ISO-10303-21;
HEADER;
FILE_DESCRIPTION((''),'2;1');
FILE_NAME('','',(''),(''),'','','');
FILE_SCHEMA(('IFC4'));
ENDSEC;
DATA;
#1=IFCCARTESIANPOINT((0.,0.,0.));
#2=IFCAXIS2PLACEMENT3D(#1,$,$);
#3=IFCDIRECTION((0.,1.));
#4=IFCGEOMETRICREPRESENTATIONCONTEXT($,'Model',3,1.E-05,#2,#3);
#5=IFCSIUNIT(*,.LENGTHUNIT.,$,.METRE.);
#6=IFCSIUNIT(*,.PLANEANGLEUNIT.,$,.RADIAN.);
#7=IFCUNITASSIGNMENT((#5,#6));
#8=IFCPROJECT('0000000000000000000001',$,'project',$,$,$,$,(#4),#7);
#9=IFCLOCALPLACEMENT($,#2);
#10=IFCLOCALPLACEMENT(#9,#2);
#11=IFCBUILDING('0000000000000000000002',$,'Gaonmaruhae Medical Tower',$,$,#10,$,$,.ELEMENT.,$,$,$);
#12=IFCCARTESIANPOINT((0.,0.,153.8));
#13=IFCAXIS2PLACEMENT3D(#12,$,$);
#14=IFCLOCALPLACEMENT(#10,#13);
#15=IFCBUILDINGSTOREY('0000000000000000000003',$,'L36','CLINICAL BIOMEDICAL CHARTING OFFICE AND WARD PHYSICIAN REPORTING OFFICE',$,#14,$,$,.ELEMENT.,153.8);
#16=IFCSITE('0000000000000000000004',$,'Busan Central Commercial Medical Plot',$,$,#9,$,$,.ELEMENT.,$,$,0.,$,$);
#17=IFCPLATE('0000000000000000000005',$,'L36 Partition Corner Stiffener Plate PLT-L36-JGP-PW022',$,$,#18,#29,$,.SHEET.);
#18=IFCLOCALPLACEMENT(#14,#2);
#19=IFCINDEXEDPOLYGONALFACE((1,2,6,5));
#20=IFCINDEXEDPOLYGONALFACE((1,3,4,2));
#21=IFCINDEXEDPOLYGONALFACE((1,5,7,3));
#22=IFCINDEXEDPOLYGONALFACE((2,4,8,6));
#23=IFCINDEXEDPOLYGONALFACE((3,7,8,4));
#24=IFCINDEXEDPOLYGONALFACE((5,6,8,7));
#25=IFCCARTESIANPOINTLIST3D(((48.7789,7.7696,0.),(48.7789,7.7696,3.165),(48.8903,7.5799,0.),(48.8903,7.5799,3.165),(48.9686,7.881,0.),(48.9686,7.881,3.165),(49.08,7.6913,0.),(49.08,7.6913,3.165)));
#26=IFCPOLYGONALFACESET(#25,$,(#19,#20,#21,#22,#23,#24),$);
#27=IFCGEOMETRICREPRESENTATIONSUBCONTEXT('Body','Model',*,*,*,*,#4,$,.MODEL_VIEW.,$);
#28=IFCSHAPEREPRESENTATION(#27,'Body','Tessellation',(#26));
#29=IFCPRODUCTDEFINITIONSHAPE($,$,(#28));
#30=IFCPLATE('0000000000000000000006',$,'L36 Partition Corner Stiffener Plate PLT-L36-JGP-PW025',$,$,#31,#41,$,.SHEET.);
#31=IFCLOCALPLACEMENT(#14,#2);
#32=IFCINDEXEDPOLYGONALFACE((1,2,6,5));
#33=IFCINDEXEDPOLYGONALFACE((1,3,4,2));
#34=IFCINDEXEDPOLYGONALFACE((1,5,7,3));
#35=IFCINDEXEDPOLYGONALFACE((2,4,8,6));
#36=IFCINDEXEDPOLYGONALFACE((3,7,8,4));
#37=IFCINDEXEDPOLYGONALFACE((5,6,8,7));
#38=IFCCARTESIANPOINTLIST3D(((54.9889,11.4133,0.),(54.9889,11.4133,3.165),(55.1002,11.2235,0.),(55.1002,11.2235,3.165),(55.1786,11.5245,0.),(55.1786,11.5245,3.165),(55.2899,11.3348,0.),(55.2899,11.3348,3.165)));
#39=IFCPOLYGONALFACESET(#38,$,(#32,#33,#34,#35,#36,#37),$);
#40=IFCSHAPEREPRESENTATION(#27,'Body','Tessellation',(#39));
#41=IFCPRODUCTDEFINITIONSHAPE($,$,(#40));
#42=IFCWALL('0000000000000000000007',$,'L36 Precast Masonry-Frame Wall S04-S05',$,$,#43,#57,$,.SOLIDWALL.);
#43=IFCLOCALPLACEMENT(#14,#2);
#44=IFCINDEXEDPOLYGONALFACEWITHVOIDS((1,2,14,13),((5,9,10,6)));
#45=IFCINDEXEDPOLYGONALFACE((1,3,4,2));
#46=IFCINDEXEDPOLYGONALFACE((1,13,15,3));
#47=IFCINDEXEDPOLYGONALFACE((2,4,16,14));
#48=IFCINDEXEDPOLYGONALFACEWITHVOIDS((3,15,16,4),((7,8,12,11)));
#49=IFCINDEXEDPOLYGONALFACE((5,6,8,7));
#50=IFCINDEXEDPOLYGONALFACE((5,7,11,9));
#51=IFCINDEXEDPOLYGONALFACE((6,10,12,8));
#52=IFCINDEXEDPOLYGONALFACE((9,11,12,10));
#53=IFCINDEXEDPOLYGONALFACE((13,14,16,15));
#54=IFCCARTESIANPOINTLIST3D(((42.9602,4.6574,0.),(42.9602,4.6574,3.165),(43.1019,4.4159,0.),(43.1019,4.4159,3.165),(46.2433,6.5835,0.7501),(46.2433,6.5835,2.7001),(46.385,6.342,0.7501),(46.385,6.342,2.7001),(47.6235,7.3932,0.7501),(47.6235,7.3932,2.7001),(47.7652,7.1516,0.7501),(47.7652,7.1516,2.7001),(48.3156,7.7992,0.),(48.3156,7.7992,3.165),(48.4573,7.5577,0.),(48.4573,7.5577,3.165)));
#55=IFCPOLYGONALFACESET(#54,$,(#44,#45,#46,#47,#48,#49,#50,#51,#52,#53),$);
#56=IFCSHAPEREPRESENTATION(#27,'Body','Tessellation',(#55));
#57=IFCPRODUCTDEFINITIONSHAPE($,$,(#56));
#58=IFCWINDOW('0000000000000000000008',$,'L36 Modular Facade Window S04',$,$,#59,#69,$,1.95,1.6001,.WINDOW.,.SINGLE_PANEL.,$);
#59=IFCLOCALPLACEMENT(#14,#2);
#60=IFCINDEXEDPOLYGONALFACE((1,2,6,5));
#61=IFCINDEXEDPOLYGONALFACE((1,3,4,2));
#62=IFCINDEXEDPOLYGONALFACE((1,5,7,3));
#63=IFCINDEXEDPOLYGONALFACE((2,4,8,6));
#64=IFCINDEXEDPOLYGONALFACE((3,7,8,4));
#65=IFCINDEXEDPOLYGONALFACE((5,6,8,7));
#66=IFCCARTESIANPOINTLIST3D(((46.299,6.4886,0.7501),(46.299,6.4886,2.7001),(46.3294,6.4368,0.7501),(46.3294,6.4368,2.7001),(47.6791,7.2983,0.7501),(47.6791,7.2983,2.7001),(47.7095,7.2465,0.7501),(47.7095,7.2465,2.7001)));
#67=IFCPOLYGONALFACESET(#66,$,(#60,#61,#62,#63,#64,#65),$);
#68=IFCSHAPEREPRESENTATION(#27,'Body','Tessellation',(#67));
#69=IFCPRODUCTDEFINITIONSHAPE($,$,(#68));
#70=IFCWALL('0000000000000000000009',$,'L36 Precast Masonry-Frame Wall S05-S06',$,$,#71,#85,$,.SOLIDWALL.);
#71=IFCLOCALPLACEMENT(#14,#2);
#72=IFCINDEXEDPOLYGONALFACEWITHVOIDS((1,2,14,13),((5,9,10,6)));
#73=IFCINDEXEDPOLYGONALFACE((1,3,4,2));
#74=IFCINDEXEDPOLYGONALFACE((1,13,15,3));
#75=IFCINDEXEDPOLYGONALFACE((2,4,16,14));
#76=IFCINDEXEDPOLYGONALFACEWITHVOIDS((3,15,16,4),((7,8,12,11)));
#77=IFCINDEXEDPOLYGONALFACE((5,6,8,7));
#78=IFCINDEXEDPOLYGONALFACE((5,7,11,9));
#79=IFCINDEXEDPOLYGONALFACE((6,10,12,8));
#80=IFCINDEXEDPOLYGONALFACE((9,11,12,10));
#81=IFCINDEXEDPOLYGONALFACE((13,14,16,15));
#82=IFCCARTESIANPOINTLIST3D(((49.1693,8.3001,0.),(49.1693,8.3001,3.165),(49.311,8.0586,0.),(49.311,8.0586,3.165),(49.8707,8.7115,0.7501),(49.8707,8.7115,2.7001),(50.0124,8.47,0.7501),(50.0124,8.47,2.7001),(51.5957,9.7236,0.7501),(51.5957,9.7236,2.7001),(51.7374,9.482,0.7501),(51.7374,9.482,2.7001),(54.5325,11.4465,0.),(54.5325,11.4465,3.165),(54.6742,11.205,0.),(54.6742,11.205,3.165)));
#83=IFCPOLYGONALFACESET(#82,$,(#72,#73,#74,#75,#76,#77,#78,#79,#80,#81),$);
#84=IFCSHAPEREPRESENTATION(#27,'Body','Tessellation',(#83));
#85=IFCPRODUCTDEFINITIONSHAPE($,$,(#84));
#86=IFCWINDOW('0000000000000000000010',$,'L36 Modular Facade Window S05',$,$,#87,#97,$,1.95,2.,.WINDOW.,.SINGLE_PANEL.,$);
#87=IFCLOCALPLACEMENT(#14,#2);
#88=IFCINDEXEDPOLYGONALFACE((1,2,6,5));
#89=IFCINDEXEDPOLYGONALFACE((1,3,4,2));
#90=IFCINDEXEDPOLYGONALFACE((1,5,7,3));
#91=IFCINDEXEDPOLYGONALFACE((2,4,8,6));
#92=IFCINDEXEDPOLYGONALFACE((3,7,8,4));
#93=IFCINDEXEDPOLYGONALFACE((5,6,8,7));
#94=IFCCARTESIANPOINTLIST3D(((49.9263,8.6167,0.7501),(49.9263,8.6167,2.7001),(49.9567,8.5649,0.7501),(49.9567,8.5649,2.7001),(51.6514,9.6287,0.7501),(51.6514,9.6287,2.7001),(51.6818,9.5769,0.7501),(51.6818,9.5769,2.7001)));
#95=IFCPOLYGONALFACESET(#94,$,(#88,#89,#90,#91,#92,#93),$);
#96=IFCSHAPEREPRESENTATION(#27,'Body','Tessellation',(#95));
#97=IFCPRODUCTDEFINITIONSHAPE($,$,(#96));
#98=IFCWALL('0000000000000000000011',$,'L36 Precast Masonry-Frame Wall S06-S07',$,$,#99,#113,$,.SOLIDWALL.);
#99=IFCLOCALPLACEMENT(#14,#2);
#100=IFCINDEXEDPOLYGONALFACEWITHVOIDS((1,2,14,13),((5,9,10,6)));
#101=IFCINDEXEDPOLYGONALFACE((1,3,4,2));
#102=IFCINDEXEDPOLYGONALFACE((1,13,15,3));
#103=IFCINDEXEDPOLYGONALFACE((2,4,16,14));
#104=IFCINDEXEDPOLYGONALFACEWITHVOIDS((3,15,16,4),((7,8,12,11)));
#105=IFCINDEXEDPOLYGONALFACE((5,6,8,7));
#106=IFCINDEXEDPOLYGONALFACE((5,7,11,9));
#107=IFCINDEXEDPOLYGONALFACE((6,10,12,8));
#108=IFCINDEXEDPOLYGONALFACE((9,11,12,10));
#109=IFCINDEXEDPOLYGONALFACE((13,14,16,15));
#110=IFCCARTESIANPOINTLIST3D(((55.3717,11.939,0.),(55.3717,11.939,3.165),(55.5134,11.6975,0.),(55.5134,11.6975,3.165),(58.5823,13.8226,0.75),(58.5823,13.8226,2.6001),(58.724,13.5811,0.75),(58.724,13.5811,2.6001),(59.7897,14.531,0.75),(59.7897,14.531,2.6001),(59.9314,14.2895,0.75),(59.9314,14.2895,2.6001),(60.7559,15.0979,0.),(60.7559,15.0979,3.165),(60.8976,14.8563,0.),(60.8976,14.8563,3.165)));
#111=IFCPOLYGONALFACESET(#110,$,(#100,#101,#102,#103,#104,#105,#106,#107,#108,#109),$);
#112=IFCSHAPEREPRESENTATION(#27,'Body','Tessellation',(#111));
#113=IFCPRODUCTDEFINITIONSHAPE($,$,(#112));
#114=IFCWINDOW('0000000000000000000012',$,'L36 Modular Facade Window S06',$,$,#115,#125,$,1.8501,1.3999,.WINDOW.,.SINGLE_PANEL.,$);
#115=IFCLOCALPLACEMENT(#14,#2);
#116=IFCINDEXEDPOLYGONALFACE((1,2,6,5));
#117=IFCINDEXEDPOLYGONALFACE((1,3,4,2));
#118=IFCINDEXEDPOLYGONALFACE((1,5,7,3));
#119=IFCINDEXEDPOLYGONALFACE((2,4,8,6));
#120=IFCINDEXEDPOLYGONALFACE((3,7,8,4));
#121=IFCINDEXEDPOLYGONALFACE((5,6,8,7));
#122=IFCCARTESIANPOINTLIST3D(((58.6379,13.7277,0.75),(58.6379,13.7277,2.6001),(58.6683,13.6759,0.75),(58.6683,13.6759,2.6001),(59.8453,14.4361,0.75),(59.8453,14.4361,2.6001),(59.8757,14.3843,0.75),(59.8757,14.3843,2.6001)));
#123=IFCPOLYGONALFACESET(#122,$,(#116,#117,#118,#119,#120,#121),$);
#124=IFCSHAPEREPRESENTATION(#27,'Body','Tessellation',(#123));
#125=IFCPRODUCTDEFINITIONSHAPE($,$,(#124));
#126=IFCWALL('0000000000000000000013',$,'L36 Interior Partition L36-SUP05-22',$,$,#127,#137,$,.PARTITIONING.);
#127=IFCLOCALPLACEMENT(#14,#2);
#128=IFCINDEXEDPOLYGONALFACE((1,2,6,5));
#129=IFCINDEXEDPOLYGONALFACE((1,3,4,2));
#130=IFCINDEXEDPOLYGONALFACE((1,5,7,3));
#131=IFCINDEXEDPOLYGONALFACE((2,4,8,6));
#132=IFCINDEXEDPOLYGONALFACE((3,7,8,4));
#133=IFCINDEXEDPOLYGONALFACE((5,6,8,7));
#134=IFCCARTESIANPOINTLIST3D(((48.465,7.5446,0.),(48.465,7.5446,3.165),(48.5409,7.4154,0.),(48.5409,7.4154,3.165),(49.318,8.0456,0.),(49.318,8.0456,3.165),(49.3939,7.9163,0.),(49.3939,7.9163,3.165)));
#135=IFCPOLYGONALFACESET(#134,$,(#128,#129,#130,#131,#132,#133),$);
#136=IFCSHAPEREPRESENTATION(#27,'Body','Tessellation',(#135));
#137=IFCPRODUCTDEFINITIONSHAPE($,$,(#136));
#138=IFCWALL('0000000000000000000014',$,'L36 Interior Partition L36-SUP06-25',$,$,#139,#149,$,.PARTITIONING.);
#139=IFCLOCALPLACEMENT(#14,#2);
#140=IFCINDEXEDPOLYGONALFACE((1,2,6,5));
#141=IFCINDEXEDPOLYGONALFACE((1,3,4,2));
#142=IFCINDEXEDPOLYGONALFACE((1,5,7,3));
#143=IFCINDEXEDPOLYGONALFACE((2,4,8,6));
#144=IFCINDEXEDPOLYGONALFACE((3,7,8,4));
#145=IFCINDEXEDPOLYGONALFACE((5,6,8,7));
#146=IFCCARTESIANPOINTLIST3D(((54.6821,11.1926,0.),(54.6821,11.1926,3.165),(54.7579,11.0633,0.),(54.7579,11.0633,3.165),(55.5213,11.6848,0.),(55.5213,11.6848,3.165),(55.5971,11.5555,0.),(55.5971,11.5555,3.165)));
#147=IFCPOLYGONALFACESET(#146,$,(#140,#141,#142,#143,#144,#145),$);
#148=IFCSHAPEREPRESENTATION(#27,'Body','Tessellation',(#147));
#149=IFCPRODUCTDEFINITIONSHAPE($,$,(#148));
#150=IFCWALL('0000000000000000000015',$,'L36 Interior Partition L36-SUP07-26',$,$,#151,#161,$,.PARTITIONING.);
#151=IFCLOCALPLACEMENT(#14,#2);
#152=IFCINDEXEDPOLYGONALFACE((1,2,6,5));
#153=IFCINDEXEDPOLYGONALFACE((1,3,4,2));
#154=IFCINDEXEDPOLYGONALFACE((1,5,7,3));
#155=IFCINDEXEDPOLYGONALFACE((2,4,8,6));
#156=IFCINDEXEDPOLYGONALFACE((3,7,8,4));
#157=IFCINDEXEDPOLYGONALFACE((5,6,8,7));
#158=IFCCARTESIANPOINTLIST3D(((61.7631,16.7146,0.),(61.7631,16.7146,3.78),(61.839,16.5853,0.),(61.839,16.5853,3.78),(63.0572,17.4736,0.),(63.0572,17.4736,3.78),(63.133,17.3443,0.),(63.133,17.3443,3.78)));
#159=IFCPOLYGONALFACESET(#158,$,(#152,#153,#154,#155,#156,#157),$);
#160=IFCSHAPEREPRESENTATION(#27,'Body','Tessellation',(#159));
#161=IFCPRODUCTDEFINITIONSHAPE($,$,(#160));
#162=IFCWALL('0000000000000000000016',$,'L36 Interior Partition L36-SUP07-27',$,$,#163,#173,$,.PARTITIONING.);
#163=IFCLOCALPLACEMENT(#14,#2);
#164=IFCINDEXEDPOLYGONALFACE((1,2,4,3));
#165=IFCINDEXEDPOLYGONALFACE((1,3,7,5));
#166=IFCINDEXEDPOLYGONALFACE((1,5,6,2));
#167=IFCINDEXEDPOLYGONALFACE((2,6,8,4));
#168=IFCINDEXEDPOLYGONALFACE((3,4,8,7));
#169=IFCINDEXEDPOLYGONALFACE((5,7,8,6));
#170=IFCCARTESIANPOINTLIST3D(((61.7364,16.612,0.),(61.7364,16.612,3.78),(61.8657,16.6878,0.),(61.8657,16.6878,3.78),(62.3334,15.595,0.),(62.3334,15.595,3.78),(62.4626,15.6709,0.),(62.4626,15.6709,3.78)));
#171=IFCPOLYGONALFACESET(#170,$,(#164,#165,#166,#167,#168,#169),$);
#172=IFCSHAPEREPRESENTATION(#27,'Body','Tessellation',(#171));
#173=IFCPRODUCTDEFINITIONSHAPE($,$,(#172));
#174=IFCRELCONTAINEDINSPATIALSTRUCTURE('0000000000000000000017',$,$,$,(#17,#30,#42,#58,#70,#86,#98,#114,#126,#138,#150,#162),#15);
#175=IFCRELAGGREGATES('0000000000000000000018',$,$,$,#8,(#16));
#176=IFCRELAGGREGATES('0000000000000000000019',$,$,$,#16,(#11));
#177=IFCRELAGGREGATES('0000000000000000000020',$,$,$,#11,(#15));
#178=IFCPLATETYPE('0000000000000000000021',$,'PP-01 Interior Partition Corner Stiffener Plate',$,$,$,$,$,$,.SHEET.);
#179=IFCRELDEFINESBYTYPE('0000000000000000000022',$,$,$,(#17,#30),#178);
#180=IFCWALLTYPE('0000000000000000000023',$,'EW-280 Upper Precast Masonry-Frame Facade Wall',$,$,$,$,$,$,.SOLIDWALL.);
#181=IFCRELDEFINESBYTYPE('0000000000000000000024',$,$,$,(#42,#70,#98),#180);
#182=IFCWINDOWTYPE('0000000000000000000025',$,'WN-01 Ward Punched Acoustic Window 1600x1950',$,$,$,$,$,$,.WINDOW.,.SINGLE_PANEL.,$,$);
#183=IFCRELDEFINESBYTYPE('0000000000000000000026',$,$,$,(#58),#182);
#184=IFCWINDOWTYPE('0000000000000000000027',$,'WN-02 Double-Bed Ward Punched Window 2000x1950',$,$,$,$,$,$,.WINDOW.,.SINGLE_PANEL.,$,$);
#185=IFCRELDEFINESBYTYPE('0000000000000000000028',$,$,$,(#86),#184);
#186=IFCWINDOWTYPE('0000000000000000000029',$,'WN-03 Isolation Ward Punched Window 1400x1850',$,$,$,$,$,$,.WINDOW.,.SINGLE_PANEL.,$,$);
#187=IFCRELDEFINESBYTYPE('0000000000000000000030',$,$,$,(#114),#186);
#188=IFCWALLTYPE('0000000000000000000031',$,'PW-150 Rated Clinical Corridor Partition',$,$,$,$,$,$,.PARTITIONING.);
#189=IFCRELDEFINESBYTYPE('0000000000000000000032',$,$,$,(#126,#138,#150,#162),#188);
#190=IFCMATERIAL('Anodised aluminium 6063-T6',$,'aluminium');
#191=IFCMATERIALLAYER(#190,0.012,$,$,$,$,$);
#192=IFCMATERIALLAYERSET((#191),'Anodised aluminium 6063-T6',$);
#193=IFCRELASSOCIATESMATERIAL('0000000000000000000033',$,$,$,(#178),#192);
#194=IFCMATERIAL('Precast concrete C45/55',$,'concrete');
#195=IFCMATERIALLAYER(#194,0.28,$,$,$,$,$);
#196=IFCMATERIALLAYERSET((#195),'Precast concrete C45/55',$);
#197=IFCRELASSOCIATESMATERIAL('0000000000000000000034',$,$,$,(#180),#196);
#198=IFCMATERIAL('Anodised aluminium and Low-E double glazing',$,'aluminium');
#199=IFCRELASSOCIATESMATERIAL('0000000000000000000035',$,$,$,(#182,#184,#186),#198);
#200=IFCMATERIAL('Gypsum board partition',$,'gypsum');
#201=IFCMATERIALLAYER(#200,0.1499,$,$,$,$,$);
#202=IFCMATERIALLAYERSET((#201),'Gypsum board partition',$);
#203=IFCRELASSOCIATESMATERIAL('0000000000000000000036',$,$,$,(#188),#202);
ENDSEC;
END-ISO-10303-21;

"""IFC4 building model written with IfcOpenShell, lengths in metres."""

from ifc_helpers import new_model, si_unit, direction, frame, frame_2d, origin, origin_2d, place, context, subcontext, project, spatial, rectangle, extrude, material, layer, layer_set, type_object, element, fill, save


model = new_model("IFC4")

# Units and contexts
model_context = context("Model", 3, precision=1e-05, world=origin(), true_north=direction((0.0, 1.0)))
body_context = subcontext(model_context, "Body", "Model", "MODEL_VIEW")
ifc_project = project(units=[si_unit("LENGTHUNIT", "METRE"), si_unit("PLANEANGLEUNIT", "RADIAN")], contexts=[model_context])

# Site, building, storey
site_placement = place(None, origin())
site = spatial("IfcSite", under=ifc_project, at=site_placement, Name="Busan Central Commercial Medical Plot", CompositionType="ELEMENT", RefElevation=0.0)
building_placement = place(site_placement, origin())
building = spatial("IfcBuilding", under=site, at=building_placement, Name="Gaonmaruhae Medical Tower", CompositionType="ELEMENT")
storey_placement = place(building_placement, frame((0.0, 0.0, 153.8)))
storey = spatial("IfcBuildingStorey", under=building, at=storey_placement, Name="L36", Description="CLINICAL BIOMEDICAL CHARTING OFFICE AND WARD PHYSICIAN REPORTING OFFICE", CompositionType="ELEMENT", Elevation=153.8)

# Plates
ifc_material_1 = material(Name="Anodised aluminium 6063-T6", Category="aluminium")
ifc_layer_1 = layer(ifc_material_1, 0.012)
ifc_layer_set_1 = layer_set([ifc_layer_1], Name="Anodised aluminium 6063-T6")
plate_type = type_object("IfcPlateType", Name="PP-01 Interior Partition Corner Stiffener Plate", PredefinedType="SHEET", material=ifc_layer_set_1)
for number, where, z_axis, x_axis, name in (
    (1, (48.9294, 7.7305, 0.0), (0.0, 0.0, 1.0), (-0.862275, -0.50644, 0.0), "L36 Partition Corner Stiffener Plate PLT-L36-JGP-PW022"),
    (2, (55.1394, 11.374, 0.0), (0.0, 0.0, 1.0), (-0.86262, -0.505853, 0.0), "L36 Partition Corner Stiffener Plate PLT-L36-JGP-PW025"),
):
    element("IfcPlate", number, at=place(storey_placement, frame(where, z_axis=z_axis, x_axis=x_axis)), inside=storey, type_object=plate_type, Name=name, PredefinedType="SHEET", context=body_context, shape_type="SweptSolid", body=[
        extrude(rectangle(XDim=0.22, YDim=0.22, at=origin_2d()), origin(), (0.0, 0.0, 1.0), 3.165),
    ])

# Walls, openings, windows
ifc_material_2 = material(Name="Precast concrete C45/55", Category="concrete")
ifc_layer_2 = layer(ifc_material_2, 0.28)
ifc_layer_set_2 = layer_set([ifc_layer_2], Name="Precast concrete C45/55")
wall_type_1 = type_object("IfcWallType", Name="EW-280 Upper Precast Masonry-Frame Facade Wall", PredefinedType="SOLIDWALL", material=ifc_layer_set_2)
wall_1_placement = place(storey_placement, frame((48.3865, 7.6785, 0.0), z_axis=(0.0, 0.0, 1.0), x_axis=(-0.862527, -0.506011, 0.0)))
wall_1 = element("IfcWall", 3, at=wall_1_placement, inside=storey, type_object=wall_type_1, Name="L36 Precast Masonry-Frame Wall S04-S05", PredefinedType="SOLIDWALL", context=body_context, shape_type="SweptSolid", body=[
    extrude(rectangle(XDim=6.209, YDim=0.28, at=frame_2d((3.1045, 0.0))), origin(), (0.0, 0.0, 1.0), 3.165),
])
opening_1_placement = place(wall_1_placement, frame((0.8025, 0.0, 0.75)))
opening_1 = element("IfcOpeningElement", 4, at=opening_1_placement, cuts=wall_1, PredefinedType="OPENING", context=body_context, shape_type="SweptSolid", body=[
    extrude(rectangle(XDim=1.6001, YDim=1.95, at=frame_2d((0.8, 0.9751))), frame((0.0, 0.1499, 0.0), z_axis=(0.0, -1.0, 0.0), x_axis=(1.0, 0.0, 0.0)), (0.0, 0.0, 1.0), 0.3),
])
ifc_material_3 = material(Name="Anodised aluminium and Low-E double glazing", Category="aluminium")
window_type_1 = type_object("IfcWindowType", Name="WN-01 Ward Punched Acoustic Window 1600x1950", PartitioningType="SINGLE_PANEL", PredefinedType="WINDOW", material=ifc_material_3)
window_1_placement = place(opening_1_placement, origin())
window_1 = element("IfcWindow", 5, at=window_1_placement, inside=storey, type_object=window_type_1, Name="L36 Modular Facade Window S04", OverallHeight=1.95, OverallWidth=1.6001, PartitioningType="SINGLE_PANEL", PredefinedType="WINDOW", context=body_context, shape_type="SweptSolid", body=[
    extrude(rectangle(XDim=1.6001, YDim=1.95, at=frame_2d((0.8, 0.9751))), frame((0.0, 0.03, 0.0), z_axis=(0.0, -1.0, 0.0), x_axis=(1.0, 0.0, 0.0)), (0.0, 0.0, 1.0), 0.0601),
])
fill(opening_1, window_1)
wall_2_placement = place(storey_placement, frame((54.6033, 11.3257, 0.0), z_axis=(0.0, 0.0, 1.0), x_axis=(-0.862523, -0.506018, 0.0)))
wall_2 = element("IfcWall", 6, at=wall_2_placement, inside=storey, type_object=wall_type_1, Name="L36 Precast Masonry-Frame Wall S05-S06", PredefinedType="SOLIDWALL", context=body_context, shape_type="SweptSolid", body=[
    extrude(rectangle(XDim=6.218, YDim=0.28, at=frame_2d((3.1089, 0.0))), origin(), (0.0, 0.0, 1.0), 3.165),
])
opening_2_placement = place(wall_2_placement, frame((3.4048, 0.0, 0.75)))
opening_2 = element("IfcOpeningElement", 7, at=opening_2_placement, cuts=wall_2, PredefinedType="OPENING", context=body_context, shape_type="SweptSolid", body=[
    extrude(rectangle(XDim=2.0, YDim=1.95, at=frame_2d((1.0, 0.9751))), frame((0.0, 0.1499, 0.0), z_axis=(0.0, -1.0, 0.0), x_axis=(1.0, 0.0, 0.0)), (0.0, 0.0, 1.0), 0.3),
])
window_type_2 = type_object("IfcWindowType", Name="WN-02 Double-Bed Ward Punched Window 2000x1950", PartitioningType="SINGLE_PANEL", PredefinedType="WINDOW", material=ifc_material_3)
window_2_placement = place(opening_2_placement, origin())
window_2 = element("IfcWindow", 8, at=window_2_placement, inside=storey, type_object=window_type_2, Name="L36 Modular Facade Window S05", OverallHeight=1.95, OverallWidth=2.0, PartitioningType="SINGLE_PANEL", PredefinedType="WINDOW", context=body_context, shape_type="SweptSolid", body=[
    extrude(rectangle(XDim=2.0, YDim=1.95, at=frame_2d((1.0, 0.9751))), frame((0.0, 0.03, 0.0), z_axis=(0.0, -1.0, 0.0), x_axis=(1.0, 0.0, 0.0)), (0.0, 0.0, 1.0), 0.0601),
])
fill(opening_2, window_2)
wall_3_placement = place(storey_placement, frame((60.8267, 14.9771, 0.0), z_axis=(0.0, 0.0, 1.0), x_axis=(-0.862514, -0.506034, 0.0)))
wall_3 = element("IfcWall", 9, at=wall_3_placement, inside=storey, type_object=wall_type_1, Name="L36 Precast Masonry-Frame Wall S06-S07", PredefinedType="SOLIDWALL", context=body_context, shape_type="SweptSolid", body=[
    extrude(rectangle(XDim=6.2424, YDim=0.28, at=frame_2d((3.1211, 0.0))), origin(), (0.0, 0.0, 1.0), 3.165),
])
opening_3_placement = place(wall_3_placement, frame((1.1201, 0.0, 0.75)))
opening_3 = element("IfcOpeningElement", 10, at=opening_3_placement, cuts=wall_3, PredefinedType="OPENING", context=body_context, shape_type="SweptSolid", body=[
    extrude(rectangle(XDim=1.3999, YDim=1.8501, at=frame_2d((0.7, 0.925))), frame((0.0, 0.1499, 0.0), z_axis=(0.0, -1.0, 0.0), x_axis=(1.0, 0.0, 0.0)), (0.0, 0.0, 1.0), 0.3),
])
window_type_3 = type_object("IfcWindowType", Name="WN-03 Isolation Ward Punched Window 1400x1850", PartitioningType="SINGLE_PANEL", PredefinedType="WINDOW", material=ifc_material_3)
window_3_placement = place(opening_3_placement, origin())
window_3 = element("IfcWindow", 11, at=window_3_placement, inside=storey, type_object=window_type_3, Name="L36 Modular Facade Window S06", OverallHeight=1.8501, OverallWidth=1.3999, PartitioningType="SINGLE_PANEL", PredefinedType="WINDOW", context=body_context, shape_type="SweptSolid", body=[
    extrude(rectangle(XDim=1.3999, YDim=1.8501, at=frame_2d((0.7, 0.925))), frame((0.0, 0.03, 0.0), z_axis=(0.0, -1.0, 0.0), x_axis=(1.0, 0.0, 0.0)), (0.0, 0.0, 1.0), 0.0601),
])
fill(opening_3, window_3)

# Walls
ifc_material_4 = material(Name="Gypsum board partition", Category="gypsum")
ifc_layer_3 = layer(ifc_material_4, 0.1499)
ifc_layer_set_3 = layer_set([ifc_layer_3], Name="Gypsum board partition")
wall_type_2 = type_object("IfcWallType", Name="PW-150 Rated Clinical Corridor Partition", PredefinedType="PARTITIONING", material=ifc_layer_set_3)
wall_4_placement = place(storey_placement, frame((49.356, 7.981, 0.0), z_axis=(0.0, 0.0, 1.0), x_axis=(-0.862289, -0.506416, 0.0)))
element("IfcWall", 12, at=wall_4_placement, inside=storey, type_object=wall_type_2, Name="L36 Interior Partition L36-SUP05-22", PredefinedType="PARTITIONING", context=body_context, shape_type="SweptSolid", body=[
    extrude(rectangle(XDim=0.9893, YDim=0.1499, at=frame_2d((0.4946, 0.0))), origin(), (0.0, 0.0, 1.0), 3.165),
])
wall_5_placement = place(storey_placement, frame((55.5591, 11.6201, 0.0), z_axis=(0.0, 0.0, 1.0), x_axis=(-0.862566, -0.505945, 0.0)))
element("IfcWall", 13, at=wall_5_placement, inside=storey, type_object=wall_type_2, Name="L36 Interior Partition L36-SUP06-25", PredefinedType="PARTITIONING", context=body_context, shape_type="SweptSolid", body=[
    extrude(rectangle(XDim=0.9729, YDim=0.1499, at=frame_2d((0.4863, 0.0))), origin(), (0.0, 0.0, 1.0), 3.165),
])
wall_6_placement = place(storey_placement, frame((63.095, 17.4089, 0.0), z_axis=(0.0, 0.0, 1.0), x_axis=(-0.862549, -0.505974, 0.0)))
element("IfcWall", 14, at=wall_6_placement, inside=storey, type_object=wall_type_2, Name="L36 Interior Partition L36-SUP07-26", PredefinedType="PARTITIONING", context=body_context, shape_type="SweptSolid", body=[
    extrude(rectangle(XDim=1.5002, YDim=0.1499, at=frame_2d((0.75, 0.0))), origin(), (0.0, 0.0, 1.0), 3.78),
])
wall_7_placement = place(storey_placement, frame((61.801, 16.6499, 0.0), z_axis=(0.0, 0.0, 1.0), x_axis=(0.506251, -0.862386, 0.0)))
element("IfcWall", 15, at=wall_7_placement, inside=storey, type_object=wall_type_2, Name="L36 Interior Partition L36-SUP07-27", PredefinedType="PARTITIONING", context=body_context, shape_type="SweptSolid", body=[
    extrude(rectangle(XDim=1.1792, YDim=0.1499, at=frame_2d((0.5896, 0.0))), origin(), (0.0, 0.0, 1.0), 3.78),
])

save(model, "model.ifc")
